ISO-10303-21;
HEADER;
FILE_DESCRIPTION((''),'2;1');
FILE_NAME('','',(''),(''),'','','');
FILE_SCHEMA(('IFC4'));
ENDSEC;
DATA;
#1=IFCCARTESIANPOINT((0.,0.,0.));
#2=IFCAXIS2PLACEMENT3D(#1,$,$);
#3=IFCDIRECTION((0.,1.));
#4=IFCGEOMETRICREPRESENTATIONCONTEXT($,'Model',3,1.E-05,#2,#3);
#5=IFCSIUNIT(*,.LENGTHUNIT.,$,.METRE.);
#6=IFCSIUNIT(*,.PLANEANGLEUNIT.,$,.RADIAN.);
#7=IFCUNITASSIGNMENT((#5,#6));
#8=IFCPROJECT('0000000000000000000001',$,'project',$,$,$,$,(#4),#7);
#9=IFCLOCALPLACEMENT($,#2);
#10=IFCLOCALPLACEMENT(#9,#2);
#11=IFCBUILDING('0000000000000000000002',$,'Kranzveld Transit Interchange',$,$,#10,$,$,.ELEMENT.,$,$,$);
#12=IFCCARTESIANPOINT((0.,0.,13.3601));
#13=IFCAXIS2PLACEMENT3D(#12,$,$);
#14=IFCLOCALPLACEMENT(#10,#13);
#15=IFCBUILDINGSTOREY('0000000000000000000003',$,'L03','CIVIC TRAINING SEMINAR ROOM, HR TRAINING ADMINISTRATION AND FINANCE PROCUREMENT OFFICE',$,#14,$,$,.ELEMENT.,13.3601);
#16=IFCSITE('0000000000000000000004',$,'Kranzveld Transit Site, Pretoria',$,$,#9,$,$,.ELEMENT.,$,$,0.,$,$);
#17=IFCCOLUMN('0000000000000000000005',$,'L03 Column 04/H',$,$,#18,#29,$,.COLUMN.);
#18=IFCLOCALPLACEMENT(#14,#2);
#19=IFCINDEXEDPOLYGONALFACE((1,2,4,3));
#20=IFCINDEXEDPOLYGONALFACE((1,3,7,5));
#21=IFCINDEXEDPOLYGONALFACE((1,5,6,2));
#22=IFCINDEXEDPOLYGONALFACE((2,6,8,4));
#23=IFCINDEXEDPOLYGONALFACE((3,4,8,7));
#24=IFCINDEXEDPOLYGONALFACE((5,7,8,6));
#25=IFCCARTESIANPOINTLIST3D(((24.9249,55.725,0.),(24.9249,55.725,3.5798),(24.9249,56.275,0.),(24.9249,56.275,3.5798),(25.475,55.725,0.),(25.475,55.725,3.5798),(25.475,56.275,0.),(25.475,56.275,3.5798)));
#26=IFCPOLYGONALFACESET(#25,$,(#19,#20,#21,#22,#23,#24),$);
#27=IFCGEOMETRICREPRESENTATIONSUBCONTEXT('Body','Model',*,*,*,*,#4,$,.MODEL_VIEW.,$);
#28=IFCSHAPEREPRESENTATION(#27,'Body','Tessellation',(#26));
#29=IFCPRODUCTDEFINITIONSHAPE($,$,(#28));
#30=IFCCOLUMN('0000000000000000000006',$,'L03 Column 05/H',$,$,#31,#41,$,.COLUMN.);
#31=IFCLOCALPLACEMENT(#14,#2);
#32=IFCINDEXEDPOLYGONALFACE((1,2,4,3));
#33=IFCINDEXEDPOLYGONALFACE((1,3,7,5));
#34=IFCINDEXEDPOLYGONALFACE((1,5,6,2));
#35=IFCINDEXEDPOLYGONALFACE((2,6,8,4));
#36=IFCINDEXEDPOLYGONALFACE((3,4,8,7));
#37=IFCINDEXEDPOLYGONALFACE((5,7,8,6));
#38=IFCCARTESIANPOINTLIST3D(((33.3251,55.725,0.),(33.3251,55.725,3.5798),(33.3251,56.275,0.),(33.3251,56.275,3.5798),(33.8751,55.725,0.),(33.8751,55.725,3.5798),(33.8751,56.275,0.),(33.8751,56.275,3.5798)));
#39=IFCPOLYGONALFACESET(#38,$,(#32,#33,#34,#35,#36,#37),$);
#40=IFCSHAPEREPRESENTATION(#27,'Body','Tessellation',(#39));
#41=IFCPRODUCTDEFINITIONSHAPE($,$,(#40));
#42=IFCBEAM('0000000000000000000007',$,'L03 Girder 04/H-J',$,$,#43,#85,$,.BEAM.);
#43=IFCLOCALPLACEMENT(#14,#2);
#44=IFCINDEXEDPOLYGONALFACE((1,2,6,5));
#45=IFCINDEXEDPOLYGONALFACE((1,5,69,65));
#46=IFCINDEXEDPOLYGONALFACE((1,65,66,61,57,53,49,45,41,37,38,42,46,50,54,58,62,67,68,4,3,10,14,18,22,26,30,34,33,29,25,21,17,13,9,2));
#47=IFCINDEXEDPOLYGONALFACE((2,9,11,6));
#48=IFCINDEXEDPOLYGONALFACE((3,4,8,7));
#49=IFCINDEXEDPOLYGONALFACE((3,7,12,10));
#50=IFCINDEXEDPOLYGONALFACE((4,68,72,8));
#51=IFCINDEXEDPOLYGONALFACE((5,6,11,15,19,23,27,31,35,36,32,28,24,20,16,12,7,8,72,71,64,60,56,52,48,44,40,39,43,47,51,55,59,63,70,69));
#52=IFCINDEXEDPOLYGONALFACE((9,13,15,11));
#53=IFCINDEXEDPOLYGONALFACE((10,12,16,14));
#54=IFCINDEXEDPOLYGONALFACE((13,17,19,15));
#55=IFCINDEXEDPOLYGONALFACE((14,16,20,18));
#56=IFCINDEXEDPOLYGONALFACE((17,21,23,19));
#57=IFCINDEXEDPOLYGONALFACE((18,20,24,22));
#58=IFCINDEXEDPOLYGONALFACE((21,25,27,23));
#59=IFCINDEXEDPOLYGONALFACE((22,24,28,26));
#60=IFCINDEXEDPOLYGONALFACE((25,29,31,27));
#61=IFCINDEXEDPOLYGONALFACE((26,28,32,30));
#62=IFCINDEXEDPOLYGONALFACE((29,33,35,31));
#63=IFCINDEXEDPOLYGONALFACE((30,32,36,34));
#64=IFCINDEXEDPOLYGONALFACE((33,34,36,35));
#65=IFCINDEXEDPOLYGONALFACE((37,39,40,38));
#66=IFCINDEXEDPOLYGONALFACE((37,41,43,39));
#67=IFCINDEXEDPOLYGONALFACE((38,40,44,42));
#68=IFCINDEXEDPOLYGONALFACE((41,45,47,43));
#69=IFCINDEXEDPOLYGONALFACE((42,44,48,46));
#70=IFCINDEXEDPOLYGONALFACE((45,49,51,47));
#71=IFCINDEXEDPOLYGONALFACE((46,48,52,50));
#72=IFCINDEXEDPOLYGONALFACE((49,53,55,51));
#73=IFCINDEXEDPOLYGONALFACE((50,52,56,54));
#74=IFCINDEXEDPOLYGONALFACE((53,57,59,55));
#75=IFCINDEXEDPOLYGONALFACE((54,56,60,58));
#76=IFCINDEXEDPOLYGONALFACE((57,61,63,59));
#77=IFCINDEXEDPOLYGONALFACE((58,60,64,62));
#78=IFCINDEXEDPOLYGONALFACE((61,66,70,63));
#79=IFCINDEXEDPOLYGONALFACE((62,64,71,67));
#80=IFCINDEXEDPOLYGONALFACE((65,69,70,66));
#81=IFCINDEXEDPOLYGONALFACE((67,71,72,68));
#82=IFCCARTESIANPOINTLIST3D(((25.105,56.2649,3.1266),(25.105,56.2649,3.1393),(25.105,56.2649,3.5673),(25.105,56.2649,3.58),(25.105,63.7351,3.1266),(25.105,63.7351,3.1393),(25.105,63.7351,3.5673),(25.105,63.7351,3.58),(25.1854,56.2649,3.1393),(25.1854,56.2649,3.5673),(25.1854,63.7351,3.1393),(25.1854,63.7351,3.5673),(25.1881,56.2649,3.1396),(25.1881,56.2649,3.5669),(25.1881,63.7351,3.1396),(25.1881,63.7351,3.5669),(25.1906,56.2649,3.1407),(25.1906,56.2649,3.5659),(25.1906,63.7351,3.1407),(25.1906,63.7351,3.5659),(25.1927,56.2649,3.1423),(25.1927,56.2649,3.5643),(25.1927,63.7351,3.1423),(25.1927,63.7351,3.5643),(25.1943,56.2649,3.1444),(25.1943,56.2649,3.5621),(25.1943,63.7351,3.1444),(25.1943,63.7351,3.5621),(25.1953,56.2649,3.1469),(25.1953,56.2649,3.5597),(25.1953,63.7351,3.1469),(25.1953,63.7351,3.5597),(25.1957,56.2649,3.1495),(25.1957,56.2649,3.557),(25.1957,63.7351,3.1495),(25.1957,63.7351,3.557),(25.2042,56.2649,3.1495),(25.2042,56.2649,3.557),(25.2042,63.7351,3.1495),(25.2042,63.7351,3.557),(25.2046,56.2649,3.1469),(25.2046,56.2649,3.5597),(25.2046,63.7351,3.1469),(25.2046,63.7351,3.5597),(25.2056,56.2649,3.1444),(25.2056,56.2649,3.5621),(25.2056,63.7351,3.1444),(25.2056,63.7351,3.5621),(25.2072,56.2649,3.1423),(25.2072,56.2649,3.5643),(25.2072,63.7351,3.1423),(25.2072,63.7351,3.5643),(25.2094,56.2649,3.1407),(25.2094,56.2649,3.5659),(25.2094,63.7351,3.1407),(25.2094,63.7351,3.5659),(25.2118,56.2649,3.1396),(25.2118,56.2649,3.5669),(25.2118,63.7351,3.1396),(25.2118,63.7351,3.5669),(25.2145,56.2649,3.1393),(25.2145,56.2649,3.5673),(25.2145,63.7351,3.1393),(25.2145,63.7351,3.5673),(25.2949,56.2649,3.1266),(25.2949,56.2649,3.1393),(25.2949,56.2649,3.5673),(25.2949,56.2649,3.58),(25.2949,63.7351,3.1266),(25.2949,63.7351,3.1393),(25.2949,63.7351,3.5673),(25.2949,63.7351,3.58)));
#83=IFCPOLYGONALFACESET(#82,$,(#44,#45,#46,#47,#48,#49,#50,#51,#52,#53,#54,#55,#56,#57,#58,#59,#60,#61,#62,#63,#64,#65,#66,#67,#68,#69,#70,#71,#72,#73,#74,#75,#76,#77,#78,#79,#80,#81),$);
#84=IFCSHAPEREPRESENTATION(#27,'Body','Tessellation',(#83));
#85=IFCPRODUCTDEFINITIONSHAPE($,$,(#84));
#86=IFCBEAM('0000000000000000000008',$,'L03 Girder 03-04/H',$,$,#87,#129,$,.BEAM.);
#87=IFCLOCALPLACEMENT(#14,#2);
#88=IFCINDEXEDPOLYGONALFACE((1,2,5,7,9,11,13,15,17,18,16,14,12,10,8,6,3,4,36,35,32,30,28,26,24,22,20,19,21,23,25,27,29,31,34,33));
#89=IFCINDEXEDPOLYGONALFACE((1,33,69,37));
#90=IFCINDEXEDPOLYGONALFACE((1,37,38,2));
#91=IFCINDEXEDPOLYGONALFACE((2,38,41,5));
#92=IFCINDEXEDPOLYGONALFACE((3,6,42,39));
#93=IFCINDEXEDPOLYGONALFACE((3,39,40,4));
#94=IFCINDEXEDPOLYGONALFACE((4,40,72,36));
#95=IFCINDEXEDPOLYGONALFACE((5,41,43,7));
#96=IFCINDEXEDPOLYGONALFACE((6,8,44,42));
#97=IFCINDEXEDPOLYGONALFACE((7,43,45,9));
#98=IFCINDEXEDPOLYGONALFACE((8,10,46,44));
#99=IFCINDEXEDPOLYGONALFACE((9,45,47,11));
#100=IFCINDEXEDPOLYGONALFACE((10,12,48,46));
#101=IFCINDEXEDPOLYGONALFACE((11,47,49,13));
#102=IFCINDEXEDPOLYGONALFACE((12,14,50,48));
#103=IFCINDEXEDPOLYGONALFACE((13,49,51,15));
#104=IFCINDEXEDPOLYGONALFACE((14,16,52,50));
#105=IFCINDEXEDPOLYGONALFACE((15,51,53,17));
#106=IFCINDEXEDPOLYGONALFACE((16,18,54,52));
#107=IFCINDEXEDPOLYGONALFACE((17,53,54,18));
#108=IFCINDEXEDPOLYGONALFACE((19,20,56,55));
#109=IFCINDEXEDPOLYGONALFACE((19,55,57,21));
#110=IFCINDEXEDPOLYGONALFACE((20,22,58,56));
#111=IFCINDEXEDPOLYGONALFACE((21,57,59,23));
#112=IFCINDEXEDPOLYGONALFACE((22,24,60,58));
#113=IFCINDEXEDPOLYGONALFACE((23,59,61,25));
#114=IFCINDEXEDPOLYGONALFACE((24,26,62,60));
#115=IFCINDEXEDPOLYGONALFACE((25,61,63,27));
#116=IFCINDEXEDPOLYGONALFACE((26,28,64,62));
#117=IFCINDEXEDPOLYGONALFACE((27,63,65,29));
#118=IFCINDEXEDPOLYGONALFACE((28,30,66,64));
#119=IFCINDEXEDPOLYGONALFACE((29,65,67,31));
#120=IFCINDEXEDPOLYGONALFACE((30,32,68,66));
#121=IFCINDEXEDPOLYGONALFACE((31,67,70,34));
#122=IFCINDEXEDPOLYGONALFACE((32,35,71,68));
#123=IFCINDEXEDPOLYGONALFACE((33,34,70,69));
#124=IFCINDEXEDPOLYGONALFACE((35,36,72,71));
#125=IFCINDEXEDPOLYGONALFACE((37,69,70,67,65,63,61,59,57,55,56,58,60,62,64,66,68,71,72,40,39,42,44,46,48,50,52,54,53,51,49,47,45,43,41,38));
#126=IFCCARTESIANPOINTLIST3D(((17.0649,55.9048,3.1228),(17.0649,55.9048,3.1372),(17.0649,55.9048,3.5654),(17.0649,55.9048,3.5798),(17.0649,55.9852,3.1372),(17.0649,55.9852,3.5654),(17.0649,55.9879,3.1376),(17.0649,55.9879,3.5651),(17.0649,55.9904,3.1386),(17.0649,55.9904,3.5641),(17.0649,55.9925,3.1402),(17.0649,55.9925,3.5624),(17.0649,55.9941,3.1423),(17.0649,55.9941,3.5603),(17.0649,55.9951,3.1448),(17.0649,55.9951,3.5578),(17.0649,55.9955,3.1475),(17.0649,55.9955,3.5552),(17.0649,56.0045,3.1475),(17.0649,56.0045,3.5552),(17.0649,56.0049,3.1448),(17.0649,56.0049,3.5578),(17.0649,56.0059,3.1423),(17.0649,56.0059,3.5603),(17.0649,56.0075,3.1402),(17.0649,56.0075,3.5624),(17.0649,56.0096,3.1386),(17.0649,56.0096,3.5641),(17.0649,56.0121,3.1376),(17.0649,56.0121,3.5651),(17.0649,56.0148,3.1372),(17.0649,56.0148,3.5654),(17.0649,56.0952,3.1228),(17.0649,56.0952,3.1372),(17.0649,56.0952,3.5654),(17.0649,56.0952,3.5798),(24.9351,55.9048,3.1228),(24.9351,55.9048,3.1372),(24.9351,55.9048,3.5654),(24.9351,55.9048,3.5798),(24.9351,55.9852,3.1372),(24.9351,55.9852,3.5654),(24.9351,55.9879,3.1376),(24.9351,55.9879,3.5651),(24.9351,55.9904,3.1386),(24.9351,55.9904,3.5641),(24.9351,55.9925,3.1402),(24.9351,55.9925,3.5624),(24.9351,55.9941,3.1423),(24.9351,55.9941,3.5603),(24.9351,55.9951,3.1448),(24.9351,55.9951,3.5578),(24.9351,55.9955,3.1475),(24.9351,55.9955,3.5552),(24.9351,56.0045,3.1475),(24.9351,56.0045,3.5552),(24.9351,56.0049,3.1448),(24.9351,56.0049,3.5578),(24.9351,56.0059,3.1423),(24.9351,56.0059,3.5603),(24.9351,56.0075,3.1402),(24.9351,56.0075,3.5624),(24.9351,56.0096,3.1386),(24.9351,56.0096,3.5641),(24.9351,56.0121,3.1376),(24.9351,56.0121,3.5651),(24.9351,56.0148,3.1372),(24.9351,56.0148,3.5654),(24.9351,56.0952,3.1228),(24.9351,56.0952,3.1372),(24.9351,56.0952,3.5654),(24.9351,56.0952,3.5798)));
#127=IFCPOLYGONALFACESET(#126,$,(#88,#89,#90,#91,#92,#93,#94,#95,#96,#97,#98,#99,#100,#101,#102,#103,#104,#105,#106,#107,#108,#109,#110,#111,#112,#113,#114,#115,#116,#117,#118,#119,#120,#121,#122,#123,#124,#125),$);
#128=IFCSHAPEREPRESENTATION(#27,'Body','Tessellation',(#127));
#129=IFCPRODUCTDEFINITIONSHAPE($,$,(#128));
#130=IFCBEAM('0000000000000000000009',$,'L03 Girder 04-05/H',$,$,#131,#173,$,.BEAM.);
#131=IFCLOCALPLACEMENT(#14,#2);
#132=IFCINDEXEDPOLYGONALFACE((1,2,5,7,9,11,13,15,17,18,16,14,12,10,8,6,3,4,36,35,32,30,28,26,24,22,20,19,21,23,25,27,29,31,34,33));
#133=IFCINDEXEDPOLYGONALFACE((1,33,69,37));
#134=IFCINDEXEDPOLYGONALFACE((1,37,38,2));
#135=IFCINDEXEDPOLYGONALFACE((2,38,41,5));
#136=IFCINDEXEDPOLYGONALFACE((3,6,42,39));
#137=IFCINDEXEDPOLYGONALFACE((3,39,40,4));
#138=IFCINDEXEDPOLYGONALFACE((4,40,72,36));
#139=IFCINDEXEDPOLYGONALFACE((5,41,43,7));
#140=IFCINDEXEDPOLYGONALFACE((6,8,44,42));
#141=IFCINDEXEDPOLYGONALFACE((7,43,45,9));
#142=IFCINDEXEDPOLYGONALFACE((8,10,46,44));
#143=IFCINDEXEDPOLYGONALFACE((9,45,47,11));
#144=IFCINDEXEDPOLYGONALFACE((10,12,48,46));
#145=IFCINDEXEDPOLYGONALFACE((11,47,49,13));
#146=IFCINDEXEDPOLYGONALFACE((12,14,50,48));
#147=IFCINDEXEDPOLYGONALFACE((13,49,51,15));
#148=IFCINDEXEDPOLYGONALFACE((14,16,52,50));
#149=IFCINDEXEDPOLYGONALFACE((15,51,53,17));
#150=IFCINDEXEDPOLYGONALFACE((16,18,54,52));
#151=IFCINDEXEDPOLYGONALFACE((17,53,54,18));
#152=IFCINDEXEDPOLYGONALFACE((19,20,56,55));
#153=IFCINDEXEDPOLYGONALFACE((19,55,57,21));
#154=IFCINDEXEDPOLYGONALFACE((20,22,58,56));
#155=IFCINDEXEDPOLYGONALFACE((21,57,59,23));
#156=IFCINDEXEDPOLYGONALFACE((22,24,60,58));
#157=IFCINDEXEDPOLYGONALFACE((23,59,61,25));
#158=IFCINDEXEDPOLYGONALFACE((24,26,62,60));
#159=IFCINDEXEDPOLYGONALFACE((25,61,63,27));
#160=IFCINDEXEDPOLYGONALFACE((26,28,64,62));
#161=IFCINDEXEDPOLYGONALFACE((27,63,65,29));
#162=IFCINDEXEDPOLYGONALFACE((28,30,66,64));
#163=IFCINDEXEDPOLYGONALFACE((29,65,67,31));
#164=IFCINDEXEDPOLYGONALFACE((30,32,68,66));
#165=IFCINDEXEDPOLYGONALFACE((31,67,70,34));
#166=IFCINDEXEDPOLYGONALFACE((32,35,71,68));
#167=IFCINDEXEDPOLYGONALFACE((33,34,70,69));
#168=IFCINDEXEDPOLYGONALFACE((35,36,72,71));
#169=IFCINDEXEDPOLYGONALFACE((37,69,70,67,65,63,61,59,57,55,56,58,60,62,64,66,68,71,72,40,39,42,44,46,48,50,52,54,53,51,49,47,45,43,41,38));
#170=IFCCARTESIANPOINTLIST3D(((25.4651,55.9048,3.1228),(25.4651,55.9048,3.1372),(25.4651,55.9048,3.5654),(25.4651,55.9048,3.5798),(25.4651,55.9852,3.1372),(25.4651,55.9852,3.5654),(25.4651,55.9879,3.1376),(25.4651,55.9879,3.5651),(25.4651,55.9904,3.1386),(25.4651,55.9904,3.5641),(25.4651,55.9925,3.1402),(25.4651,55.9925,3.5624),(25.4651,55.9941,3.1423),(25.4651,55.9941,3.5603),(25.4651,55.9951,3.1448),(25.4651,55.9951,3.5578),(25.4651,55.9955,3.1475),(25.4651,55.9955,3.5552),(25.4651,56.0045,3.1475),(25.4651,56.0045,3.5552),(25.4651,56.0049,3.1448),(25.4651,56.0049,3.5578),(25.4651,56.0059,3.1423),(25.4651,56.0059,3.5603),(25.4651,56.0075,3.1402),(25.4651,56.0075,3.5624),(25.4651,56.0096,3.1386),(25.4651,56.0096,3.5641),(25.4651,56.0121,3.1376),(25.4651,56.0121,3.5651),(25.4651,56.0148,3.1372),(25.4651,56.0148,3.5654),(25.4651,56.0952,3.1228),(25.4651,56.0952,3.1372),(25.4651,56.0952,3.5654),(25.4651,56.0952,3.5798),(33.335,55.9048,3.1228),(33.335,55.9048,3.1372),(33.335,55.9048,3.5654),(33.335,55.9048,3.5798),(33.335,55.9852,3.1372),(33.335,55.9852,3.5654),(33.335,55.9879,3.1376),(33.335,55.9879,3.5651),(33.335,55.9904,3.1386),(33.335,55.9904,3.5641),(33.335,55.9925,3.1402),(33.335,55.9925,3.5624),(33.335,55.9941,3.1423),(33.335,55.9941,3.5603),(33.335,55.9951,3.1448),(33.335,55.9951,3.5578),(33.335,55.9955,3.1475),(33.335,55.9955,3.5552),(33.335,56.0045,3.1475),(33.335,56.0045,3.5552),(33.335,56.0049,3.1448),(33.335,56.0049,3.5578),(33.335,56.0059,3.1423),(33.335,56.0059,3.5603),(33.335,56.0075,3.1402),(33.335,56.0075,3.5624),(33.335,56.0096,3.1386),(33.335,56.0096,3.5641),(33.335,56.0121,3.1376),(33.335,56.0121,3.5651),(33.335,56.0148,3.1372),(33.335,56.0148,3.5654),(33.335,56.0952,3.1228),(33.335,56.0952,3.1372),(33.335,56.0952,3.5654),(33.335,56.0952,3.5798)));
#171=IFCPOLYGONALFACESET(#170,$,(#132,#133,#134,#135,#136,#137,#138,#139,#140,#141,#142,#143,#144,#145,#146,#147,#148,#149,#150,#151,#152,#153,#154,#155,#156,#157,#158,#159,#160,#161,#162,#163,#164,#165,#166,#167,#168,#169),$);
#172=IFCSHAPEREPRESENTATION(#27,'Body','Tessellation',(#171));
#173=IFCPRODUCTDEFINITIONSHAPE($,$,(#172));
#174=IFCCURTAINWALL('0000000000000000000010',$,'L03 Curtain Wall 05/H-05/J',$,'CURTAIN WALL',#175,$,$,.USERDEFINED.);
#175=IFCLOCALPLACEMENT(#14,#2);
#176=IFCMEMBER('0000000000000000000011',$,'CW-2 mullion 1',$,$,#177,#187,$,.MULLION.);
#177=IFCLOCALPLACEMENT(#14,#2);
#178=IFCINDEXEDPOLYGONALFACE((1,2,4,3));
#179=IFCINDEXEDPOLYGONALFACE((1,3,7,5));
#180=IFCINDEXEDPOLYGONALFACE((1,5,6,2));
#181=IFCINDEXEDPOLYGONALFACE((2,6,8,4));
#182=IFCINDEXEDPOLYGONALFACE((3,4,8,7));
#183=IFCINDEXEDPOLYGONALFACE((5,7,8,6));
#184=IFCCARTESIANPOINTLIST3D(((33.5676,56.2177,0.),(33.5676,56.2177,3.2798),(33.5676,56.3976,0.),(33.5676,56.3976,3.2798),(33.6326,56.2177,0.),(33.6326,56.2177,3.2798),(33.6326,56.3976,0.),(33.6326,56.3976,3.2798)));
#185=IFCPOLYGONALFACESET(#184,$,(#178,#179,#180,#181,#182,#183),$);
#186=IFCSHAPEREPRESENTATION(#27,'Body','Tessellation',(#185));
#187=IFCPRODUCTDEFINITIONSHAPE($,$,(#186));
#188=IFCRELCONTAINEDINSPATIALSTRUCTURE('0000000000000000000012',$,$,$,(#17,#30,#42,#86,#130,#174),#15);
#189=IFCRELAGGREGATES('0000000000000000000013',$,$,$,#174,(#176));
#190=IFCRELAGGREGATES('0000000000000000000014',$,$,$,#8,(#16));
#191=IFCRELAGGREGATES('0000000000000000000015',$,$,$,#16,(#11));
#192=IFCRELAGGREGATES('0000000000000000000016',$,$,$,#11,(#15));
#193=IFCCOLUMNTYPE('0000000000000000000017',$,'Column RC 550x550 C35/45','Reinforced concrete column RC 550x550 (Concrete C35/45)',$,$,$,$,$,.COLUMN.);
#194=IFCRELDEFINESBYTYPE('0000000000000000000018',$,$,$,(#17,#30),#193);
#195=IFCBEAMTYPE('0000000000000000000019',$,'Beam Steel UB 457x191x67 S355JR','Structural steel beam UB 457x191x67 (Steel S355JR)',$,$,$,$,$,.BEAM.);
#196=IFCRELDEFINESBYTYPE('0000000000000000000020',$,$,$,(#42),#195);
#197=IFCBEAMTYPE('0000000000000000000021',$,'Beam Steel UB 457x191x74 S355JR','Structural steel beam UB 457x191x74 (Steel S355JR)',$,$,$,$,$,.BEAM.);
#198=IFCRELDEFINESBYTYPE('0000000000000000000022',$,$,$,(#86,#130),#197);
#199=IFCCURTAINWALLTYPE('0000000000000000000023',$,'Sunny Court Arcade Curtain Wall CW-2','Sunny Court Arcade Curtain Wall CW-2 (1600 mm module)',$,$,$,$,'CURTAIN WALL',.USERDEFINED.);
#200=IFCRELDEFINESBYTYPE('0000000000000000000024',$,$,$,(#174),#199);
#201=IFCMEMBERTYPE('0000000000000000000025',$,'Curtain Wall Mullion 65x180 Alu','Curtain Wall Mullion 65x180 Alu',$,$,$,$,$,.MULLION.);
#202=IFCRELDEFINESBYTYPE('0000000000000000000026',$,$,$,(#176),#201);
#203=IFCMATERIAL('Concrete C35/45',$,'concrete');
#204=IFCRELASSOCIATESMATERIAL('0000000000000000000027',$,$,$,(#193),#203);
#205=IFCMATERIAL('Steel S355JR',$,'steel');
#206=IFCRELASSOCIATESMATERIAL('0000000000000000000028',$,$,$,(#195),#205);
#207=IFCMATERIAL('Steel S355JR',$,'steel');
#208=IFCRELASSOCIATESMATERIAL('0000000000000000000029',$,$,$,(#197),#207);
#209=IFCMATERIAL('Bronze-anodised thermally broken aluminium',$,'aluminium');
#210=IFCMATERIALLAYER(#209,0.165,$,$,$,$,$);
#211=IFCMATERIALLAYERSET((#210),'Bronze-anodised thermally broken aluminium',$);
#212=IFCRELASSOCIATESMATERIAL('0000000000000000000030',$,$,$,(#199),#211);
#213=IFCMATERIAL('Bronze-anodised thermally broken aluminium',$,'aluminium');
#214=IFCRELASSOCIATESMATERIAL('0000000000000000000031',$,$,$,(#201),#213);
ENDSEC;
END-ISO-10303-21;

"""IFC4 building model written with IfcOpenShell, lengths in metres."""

from ifc_helpers import new_model, si_unit, direction, frame, origin, origin_2d, place, context, subcontext, project, spatial, rectangle, i_section, extrude, material, layer, layer_set, material_profile, profile_set, type_object, element, aggregate, save


model = new_model("IFC4")

# Units and contexts
model_context = context("Model", 3, precision=1e-05, world=origin(), true_north=direction((0.0, 1.0)))
body_context = subcontext(model_context, "Body", "Model", "MODEL_VIEW")
ifc_project = project(units=[si_unit("LENGTHUNIT", "METRE"), si_unit("PLANEANGLEUNIT", "RADIAN")], contexts=[model_context])

# Site, building, storey
site_placement = place(None, origin())
site = spatial("IfcSite", under=ifc_project, at=site_placement, Name="Kranzveld Transit Site, Pretoria", CompositionType="ELEMENT", RefElevation=0.0)
building_placement = place(site_placement, origin())
building = spatial("IfcBuilding", under=site, at=building_placement, Name="Kranzveld Transit Interchange", CompositionType="ELEMENT")
storey_placement = place(building_placement, frame((0.0, 0.0, 13.3601)))
storey = spatial("IfcBuildingStorey", under=building, at=storey_placement, Name="L03", Description="CIVIC TRAINING SEMINAR ROOM, HR TRAINING ADMINISTRATION AND FINANCE PROCUREMENT OFFICE", CompositionType="ELEMENT", Elevation=13.3601)

# Columns
ifc_material_1 = material(Name="Concrete C35/45", Category="concrete")
ifc_material_profile_1 = material_profile(ifc_material_1, rectangle(XDim=0.55, YDim=0.55, at=origin_2d()), Name="RC 550x550")
ifc_profile_set_1 = profile_set([ifc_material_profile_1], Name="Concrete C35/45")
column_type = type_object("IfcColumnType", Name="Column RC 550x550 C35/45", Description="Reinforced concrete column RC 550x550 (Concrete C35/45)", PredefinedType="COLUMN", material=ifc_profile_set_1)
for number, where, z_axis, x_axis, name in (
    (1, (25.2, 56.0, 0.0), (0.0, 0.0, 1.0), (1.0, 0.0, 0.0), "L03 Column 04/H"),
    (2, (33.6001, 56.0, 0.0), (0.0, 0.0, 1.0), (1.0, 0.0, 0.0), "L03 Column 05/H"),
):
    element("IfcColumn", number, at=place(storey_placement, frame(where, z_axis=z_axis, x_axis=x_axis)), inside=storey, type_object=column_type, Name=name, PredefinedType="COLUMN", context=body_context, shape_type="SweptSolid", body=[
        extrude(rectangle(XDim=0.55, YDim=0.55, at=origin_2d()), origin(), (0.0, 0.0, 1.0), 3.5798),
    ])

# Beams
ifc_material_2 = material(Name="Steel S355JR", Category="steel")
ifc_material_profile_2 = material_profile(ifc_material_2, i_section(OverallWidth=0.1899, OverallDepth=0.4534, WebThickness=0.0085, FlangeThickness=0.0127, FilletRadius=0.0103, at=origin_2d()), Name="UB 457x191x67")
ifc_profile_set_2 = profile_set([ifc_material_profile_2], Name="Steel S355JR")
beam_type_1 = type_object("IfcBeamType", Name="Beam Steel UB 457x191x67 S355JR", Description="Structural steel beam UB 457x191x67 (Steel S355JR)", PredefinedType="BEAM", material=ifc_profile_set_2)
beam_1_placement = place(storey_placement, frame((25.2, 56.2649, 3.3533), z_axis=(0.0, 1.0, 0.0), x_axis=(-1.0, 0.0, 0.0)))
element("IfcBeam", 3, at=beam_1_placement, inside=storey, type_object=beam_type_1, Name="L03 Girder 04/H-J", PredefinedType="BEAM", context=body_context, shape_type="SweptSolid", body=[
    extrude(i_section(OverallWidth=0.1899, OverallDepth=0.4534, WebThickness=0.0085, FlangeThickness=0.0127, FilletRadius=0.0103, at=origin_2d()), origin(), (0.0, 0.0, 1.0), 7.4702),
])
ifc_material_3 = material(Name="Steel S355JR", Category="steel")
ifc_material_profile_3 = material_profile(ifc_material_3, i_section(OverallWidth=0.1904, OverallDepth=0.457, WebThickness=0.009, FlangeThickness=0.0144, FilletRadius=0.0103, at=origin_2d()), Name="UB 457x191x74")
ifc_profile_set_3 = profile_set([ifc_material_profile_3], Name="Steel S355JR")
beam_type_2 = type_object("IfcBeamType", Name="Beam Steel UB 457x191x74 S355JR", Description="Structural steel beam UB 457x191x74 (Steel S355JR)", PredefinedType="BEAM", material=ifc_profile_set_3)
beam_2_placement = place(storey_placement, frame((17.0649, 56.0, 3.3513), z_axis=(1.0, 0.0, 0.0), x_axis=(0.0, 1.0, 0.0)))
element("IfcBeam", 4, at=beam_2_placement, inside=storey, type_object=beam_type_2, Name="L03 Girder 03-04/H", PredefinedType="BEAM", context=body_context, shape_type="SweptSolid", body=[
    extrude(i_section(OverallWidth=0.1904, OverallDepth=0.457, WebThickness=0.009, FlangeThickness=0.0144, FilletRadius=0.0103, at=origin_2d()), origin(), (0.0, 0.0, 1.0), 7.8701),
])
beam_3_placement = place(storey_placement, frame((25.4651, 56.0, 3.3513), z_axis=(1.0, 0.0, 0.0), x_axis=(0.0, 1.0, 0.0)))
element("IfcBeam", 5, at=beam_3_placement, inside=storey, type_object=beam_type_2, Name="L03 Girder 04-05/H", PredefinedType="BEAM", context=body_context, shape_type="SweptSolid", body=[
    extrude(i_section(OverallWidth=0.1904, OverallDepth=0.457, WebThickness=0.009, FlangeThickness=0.0144, FilletRadius=0.0103, at=origin_2d()), origin(), (0.0, 0.0, 1.0), 7.8699),
])

# Curtain wall, member
ifc_material_4 = material(Name="Bronze-anodised thermally broken aluminium", Category="aluminium")
ifc_layer_1 = layer(ifc_material_4, 0.165)
ifc_layer_set_1 = layer_set([ifc_layer_1], Name="Bronze-anodised thermally broken aluminium")
curtain_wall_type = type_object("IfcCurtainWallType", Name="Sunny Court Arcade Curtain Wall CW-2", Description="Sunny Court Arcade Curtain Wall CW-2 (1600 mm module)", ElementType="CURTAIN WALL", PredefinedType="USERDEFINED", material=ifc_layer_set_1)
curtain_wall_placement = place(storey_placement, origin())
curtain_wall = element("IfcCurtainWall", 6, at=curtain_wall_placement, inside=storey, type_object=curtain_wall_type, Name="L03 Curtain Wall 05/H-05/J", ObjectType="CURTAIN WALL", PredefinedType="USERDEFINED")
ifc_material_5 = material(Name="Bronze-anodised thermally broken aluminium", Category="aluminium")
ifc_material_profile_4 = material_profile(ifc_material_5, rectangle(XDim=0.0649, YDim=0.1799, at=origin_2d()), Name="ALU MULLION 65x180")
ifc_profile_set_4 = profile_set([ifc_material_profile_4], Name="Bronze-anodised thermally broken aluminium")
member_type_1 = type_object("IfcMemberType", Name="Curtain Wall Mullion 65x180 Alu", Description="Curtain Wall Mullion 65x180 Alu", PredefinedType="MULLION", material=ifc_profile_set_4)
member_1_placement = place(storey_placement, frame((33.6001, 56.3076, 0.0), z_axis=(0.0, 0.0, 1.0), x_axis=(-1.0, 0.0, 0.0)))
member_1 = element("IfcMember", 7, at=member_1_placement, type_object=member_type_1, Name="CW-2 mullion 1", PredefinedType="MULLION", context=body_context, shape_type="SweptSolid", body=[
    extrude(rectangle(XDim=0.0649, YDim=0.1799, at=origin_2d()), origin(), (0.0, 0.0, 1.0), 3.2798),
])

aggregate(curtain_wall, [member_1])

save(model, "model.ifc")
